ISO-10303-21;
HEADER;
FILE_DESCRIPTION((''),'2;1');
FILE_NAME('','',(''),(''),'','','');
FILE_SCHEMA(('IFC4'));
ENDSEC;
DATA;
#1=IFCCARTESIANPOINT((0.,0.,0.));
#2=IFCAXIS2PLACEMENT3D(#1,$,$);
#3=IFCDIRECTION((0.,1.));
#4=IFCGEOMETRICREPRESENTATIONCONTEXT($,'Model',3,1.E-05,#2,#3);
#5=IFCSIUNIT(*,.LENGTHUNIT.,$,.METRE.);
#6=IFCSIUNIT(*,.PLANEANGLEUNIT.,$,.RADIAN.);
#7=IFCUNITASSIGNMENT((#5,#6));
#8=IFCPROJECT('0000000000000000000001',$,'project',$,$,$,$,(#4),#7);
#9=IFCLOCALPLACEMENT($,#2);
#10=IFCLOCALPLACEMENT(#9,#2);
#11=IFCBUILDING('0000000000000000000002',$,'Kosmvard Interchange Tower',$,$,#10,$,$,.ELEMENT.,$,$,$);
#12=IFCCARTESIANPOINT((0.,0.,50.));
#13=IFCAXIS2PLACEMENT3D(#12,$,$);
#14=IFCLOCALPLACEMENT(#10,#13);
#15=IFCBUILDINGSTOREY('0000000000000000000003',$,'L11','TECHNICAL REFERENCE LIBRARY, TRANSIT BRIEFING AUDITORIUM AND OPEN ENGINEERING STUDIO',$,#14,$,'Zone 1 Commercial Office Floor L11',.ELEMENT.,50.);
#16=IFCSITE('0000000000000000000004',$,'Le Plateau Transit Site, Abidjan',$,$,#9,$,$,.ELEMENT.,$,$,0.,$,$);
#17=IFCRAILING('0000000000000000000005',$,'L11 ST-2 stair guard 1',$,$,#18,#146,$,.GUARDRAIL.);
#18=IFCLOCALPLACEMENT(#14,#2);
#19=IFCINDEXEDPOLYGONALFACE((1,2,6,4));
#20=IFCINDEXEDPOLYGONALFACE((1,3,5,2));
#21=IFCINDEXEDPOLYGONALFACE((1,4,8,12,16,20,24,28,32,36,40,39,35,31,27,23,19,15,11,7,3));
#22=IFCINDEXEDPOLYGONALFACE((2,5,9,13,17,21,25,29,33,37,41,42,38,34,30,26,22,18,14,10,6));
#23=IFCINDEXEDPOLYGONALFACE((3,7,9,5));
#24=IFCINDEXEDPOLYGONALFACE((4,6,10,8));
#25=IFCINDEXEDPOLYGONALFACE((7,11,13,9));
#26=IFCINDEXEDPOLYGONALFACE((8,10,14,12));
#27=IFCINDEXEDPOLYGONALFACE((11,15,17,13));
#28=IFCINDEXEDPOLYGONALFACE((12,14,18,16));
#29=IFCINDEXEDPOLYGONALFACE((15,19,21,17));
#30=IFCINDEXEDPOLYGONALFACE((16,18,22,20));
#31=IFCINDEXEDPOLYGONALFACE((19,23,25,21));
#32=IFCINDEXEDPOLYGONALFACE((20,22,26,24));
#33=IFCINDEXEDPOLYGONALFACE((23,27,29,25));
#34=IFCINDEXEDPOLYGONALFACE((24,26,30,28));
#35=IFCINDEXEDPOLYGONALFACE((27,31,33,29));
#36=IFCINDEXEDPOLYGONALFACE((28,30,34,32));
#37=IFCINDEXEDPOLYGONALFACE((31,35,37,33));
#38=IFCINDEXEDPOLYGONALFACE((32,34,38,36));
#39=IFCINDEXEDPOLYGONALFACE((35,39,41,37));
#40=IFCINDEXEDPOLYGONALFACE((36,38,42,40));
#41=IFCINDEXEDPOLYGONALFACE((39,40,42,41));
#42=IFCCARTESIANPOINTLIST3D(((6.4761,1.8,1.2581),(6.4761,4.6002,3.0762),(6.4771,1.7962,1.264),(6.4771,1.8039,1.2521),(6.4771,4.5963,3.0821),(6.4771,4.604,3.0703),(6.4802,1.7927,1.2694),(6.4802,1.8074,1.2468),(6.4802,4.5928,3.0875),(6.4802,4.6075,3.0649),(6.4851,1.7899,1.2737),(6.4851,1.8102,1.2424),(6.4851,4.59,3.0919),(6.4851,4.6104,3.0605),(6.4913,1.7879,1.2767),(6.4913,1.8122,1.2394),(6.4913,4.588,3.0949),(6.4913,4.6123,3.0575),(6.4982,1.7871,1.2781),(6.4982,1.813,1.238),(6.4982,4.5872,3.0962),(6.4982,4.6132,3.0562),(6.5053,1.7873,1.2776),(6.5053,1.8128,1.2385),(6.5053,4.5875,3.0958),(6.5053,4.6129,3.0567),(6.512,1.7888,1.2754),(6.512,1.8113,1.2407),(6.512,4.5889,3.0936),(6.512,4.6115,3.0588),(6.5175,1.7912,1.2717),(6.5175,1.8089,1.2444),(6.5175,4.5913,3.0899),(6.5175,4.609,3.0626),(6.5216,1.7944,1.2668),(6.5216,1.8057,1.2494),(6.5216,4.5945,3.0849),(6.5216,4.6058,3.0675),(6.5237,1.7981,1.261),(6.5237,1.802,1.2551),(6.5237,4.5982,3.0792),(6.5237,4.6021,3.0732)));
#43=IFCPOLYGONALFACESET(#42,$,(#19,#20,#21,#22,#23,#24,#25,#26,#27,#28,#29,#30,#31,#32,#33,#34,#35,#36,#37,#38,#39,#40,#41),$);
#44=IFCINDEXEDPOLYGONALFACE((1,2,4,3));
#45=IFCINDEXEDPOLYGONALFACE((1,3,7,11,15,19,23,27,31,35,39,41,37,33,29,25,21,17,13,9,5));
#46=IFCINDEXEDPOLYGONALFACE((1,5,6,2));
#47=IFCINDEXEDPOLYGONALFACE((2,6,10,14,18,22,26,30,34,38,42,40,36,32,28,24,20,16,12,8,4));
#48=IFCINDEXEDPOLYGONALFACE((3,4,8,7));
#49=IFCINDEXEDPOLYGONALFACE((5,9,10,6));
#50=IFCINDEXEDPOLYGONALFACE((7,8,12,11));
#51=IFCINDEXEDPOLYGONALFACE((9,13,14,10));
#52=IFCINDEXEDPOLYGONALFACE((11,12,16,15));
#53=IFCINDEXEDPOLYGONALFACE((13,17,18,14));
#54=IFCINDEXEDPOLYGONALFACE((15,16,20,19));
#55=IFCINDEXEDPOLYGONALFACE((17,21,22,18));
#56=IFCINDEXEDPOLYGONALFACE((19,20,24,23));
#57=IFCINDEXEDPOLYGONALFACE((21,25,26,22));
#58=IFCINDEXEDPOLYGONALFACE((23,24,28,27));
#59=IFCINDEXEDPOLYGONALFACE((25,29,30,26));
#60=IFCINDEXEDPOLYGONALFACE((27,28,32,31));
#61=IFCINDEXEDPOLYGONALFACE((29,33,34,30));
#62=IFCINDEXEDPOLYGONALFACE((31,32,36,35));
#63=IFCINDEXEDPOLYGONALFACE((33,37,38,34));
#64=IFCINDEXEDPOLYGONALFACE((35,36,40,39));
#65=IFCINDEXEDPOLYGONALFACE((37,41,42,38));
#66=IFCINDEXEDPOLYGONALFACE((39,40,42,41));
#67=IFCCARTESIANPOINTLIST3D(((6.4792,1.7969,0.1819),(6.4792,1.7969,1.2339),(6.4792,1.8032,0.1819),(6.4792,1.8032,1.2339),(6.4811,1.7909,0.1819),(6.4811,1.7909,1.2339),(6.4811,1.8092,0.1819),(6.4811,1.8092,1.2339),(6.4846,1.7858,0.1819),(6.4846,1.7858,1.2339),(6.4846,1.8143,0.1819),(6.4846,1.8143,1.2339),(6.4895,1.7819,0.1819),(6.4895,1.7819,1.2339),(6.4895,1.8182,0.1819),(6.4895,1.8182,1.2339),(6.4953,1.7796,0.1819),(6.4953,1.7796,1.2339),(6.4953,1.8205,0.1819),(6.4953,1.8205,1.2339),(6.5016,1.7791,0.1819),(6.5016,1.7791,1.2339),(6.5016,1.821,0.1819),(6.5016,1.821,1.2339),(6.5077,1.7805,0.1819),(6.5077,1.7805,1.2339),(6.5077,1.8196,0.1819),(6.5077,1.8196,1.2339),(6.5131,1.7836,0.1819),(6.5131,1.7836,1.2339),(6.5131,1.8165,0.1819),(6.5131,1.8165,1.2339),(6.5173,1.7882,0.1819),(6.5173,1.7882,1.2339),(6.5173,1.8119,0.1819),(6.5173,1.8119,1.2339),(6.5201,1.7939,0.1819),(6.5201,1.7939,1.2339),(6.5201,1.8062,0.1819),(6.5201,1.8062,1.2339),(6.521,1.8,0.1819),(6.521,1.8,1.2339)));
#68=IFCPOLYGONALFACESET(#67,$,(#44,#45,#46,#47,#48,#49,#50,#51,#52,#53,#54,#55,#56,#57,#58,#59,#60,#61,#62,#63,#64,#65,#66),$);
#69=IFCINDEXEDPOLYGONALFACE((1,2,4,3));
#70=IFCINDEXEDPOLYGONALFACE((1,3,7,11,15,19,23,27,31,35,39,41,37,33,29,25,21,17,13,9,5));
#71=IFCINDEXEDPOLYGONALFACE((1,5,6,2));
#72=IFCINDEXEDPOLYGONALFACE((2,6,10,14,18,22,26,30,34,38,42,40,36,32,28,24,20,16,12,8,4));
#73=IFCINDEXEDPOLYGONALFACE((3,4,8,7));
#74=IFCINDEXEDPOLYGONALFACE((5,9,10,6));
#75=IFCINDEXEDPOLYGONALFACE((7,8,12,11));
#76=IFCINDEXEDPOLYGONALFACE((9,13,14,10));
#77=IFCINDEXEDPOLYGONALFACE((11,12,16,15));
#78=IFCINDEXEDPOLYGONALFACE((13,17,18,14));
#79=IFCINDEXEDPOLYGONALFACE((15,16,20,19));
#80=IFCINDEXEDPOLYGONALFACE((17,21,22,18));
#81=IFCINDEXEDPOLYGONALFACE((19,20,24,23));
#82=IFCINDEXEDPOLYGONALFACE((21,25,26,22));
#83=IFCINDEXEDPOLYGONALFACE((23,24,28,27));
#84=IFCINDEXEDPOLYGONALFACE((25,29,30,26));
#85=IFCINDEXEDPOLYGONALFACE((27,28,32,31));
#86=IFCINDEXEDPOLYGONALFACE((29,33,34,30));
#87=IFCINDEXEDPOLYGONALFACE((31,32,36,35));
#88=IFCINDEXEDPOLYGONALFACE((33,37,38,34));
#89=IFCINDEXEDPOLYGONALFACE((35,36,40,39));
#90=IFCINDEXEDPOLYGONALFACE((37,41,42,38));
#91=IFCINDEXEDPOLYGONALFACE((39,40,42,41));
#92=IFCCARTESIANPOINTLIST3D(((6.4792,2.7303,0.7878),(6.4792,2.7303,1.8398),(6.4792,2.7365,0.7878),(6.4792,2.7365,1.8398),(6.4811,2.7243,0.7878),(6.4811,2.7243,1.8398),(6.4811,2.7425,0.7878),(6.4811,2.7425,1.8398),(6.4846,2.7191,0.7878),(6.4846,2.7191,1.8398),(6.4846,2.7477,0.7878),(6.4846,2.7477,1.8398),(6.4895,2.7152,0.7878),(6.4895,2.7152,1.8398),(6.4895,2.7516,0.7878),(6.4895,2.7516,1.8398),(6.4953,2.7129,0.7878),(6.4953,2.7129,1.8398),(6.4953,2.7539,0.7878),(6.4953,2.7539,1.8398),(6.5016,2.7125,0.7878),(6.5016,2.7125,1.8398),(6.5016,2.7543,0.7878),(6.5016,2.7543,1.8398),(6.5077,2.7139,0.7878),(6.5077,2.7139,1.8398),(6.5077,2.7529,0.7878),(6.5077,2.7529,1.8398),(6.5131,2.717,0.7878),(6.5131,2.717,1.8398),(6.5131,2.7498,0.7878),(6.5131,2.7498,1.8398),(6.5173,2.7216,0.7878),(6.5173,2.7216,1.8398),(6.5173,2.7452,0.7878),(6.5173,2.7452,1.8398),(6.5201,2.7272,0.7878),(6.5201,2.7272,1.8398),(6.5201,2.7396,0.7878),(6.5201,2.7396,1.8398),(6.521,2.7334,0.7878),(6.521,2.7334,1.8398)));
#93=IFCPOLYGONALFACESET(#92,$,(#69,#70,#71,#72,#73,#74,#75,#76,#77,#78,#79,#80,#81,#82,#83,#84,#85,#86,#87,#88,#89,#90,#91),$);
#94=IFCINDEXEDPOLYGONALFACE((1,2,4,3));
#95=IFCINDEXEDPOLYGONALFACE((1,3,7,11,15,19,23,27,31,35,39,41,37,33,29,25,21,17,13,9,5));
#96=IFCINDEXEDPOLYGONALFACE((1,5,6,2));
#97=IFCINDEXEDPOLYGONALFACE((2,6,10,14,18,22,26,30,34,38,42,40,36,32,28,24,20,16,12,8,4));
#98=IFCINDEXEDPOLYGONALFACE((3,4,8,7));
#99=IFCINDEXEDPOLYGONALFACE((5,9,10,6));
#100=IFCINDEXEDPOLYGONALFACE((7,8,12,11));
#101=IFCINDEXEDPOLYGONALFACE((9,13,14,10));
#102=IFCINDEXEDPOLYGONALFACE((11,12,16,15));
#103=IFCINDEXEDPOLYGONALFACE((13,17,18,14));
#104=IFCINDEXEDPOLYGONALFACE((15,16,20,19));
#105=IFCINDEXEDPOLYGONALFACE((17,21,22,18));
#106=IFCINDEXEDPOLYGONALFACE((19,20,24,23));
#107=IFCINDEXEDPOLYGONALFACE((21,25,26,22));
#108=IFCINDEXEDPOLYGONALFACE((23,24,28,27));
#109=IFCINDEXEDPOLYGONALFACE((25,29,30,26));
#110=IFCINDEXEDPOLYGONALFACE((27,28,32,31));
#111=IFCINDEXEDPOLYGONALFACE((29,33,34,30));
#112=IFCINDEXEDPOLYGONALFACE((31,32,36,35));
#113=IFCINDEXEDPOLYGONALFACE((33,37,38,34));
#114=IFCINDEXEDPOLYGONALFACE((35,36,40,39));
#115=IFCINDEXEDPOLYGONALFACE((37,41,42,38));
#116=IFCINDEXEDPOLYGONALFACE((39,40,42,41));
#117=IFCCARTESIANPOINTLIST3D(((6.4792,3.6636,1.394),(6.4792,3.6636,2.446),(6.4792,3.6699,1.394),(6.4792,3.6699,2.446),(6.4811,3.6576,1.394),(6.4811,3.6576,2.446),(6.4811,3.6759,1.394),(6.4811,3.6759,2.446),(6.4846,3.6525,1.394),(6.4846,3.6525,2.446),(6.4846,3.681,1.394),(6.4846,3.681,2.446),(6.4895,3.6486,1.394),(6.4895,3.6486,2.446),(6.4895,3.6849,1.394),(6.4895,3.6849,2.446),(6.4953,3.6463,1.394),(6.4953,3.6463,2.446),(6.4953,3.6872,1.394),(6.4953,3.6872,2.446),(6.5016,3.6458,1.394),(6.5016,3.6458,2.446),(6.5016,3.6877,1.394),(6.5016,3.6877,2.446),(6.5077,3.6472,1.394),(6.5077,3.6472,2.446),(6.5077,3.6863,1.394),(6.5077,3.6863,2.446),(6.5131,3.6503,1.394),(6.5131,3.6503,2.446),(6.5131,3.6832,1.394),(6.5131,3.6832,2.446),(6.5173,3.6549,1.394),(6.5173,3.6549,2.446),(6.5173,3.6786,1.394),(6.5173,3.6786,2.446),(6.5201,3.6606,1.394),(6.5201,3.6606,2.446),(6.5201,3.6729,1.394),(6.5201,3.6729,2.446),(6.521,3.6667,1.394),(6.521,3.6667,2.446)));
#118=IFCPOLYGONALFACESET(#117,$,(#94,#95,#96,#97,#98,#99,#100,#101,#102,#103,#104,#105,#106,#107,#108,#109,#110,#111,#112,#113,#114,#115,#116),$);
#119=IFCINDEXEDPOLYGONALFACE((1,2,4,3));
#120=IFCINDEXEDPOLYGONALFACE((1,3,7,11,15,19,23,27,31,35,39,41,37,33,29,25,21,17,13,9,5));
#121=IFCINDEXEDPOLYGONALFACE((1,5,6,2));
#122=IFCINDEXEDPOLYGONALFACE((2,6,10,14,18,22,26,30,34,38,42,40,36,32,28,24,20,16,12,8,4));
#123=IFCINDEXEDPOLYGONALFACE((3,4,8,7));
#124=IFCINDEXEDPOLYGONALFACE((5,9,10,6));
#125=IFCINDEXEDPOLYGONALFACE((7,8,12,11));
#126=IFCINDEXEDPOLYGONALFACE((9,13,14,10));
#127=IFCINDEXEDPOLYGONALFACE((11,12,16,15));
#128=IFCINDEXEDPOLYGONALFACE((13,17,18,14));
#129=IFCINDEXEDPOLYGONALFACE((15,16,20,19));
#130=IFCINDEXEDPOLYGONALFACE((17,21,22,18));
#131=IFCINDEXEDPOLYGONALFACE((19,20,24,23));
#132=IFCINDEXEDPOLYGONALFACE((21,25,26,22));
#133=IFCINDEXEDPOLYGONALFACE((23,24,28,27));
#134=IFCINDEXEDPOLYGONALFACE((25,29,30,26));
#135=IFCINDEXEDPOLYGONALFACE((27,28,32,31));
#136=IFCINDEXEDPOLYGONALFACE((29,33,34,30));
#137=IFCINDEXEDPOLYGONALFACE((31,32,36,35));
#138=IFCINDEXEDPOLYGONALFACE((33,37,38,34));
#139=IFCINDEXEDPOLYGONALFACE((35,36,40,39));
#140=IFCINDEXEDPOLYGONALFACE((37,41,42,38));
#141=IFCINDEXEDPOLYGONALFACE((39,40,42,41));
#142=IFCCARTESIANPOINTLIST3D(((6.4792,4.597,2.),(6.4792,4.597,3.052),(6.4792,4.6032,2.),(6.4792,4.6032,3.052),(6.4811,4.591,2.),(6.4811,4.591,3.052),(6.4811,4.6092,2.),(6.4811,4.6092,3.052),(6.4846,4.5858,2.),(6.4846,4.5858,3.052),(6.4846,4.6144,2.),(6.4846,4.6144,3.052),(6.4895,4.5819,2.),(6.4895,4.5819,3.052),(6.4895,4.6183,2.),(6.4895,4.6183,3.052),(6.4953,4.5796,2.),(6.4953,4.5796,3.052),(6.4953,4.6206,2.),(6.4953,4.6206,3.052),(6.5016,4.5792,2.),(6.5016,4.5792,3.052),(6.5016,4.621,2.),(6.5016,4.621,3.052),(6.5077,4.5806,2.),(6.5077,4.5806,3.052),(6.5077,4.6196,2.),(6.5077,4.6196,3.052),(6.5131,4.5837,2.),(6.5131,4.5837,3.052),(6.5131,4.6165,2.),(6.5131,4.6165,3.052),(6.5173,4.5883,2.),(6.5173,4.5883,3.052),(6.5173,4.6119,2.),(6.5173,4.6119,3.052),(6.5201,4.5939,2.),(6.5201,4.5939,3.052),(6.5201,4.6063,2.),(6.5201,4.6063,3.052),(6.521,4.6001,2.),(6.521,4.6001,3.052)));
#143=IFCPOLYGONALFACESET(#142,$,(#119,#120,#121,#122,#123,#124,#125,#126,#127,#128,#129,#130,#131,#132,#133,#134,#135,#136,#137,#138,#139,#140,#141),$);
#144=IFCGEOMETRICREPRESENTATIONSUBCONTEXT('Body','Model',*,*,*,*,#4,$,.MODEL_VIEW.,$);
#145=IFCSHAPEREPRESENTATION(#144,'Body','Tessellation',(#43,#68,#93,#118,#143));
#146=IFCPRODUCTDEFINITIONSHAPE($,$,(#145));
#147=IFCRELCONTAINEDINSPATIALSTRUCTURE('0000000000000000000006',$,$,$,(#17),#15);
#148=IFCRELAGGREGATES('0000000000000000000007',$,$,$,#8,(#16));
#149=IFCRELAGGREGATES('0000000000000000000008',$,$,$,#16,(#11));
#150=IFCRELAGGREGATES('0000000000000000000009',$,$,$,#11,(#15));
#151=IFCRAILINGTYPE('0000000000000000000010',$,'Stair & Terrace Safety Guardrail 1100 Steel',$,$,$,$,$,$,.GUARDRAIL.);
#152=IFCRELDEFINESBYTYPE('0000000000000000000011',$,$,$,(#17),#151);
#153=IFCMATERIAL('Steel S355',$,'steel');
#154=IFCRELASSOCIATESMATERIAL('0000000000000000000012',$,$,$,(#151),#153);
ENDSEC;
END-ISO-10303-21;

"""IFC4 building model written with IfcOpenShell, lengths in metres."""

from ifc_helpers import new_model, si_unit, direction, frame, origin, origin_2d, place, context, subcontext, project, spatial, circle, extrude, source, transform, mapped, material, type_object, element, save


model = new_model("IFC4")

# Units and contexts
model_context = context("Model", 3, precision=1e-05, world=origin(), true_north=direction((0.0, 1.0)))
body_context = subcontext(model_context, "Body", "Model", "MODEL_VIEW")
ifc_project = project(units=[si_unit("LENGTHUNIT", "METRE"), si_unit("PLANEANGLEUNIT", "RADIAN")], contexts=[model_context])

# Site, building, storey
site_placement = place(None, origin())
site = spatial("IfcSite", under=ifc_project, at=site_placement, Name="Le Plateau Transit Site, Abidjan", CompositionType="ELEMENT", RefElevation=0.0)
building_placement = place(site_placement, origin())
building = spatial("IfcBuilding", under=site, at=building_placement, Name="Kosmvard Interchange Tower", CompositionType="ELEMENT")
storey_placement = place(building_placement, frame((0.0, 0.0, 50.0)))
storey = spatial("IfcBuildingStorey", under=building, at=storey_placement, Name="L11", Description="TECHNICAL REFERENCE LIBRARY, TRANSIT BRIEFING AUDITORIUM AND OPEN ENGINEERING STUDIO", LongName="Zone 1 Commercial Office Floor L11", CompositionType="ELEMENT", Elevation=50.0)

# Shared definitions
ifc_material_1 = material(Name="Steel S355", Category="steel")

# Railing
railing_type_1 = type_object("IfcRailingType", Name="Stair & Terrace Safety Guardrail 1100 Steel", PredefinedType="GUARDRAIL", material=ifc_material_1)
shared_shape_1 = source(origin(), body_context, "Body", "SweptSolid", [
    extrude(circle(Radius=0.0239, at=origin_2d()), frame((0.0, 0.0, 1.0762), z_axis=(0.0, 0.838706, 0.544585), x_axis=(-1.0, 0.0, 0.0)), (0.0, 0.0, 1.0), 3.3386),
    extrude(circle(Radius=0.021, at=origin_2d()), origin(), (0.0, 0.0, 1.0), 1.052),
    extrude(circle(Radius=0.021, at=origin_2d()), frame((0.0, 0.9333, 0.606)), (0.0, 0.0, 1.0), 1.052),
    extrude(circle(Radius=0.021, at=origin_2d()), frame((0.0, 1.8667, 1.2122)), (0.0, 0.0, 1.0), 1.052),
    extrude(circle(Radius=0.021, at=origin_2d()), frame((0.0, 2.8, 1.8181)), (0.0, 0.0, 1.0), 1.052),
])
railing_1_placement = place(storey_placement, frame((6.5, 1.8, 0.1819)))
element("IfcRailing", 1, at=railing_1_placement, inside=storey, type_object=railing_type_1, Name="L11 ST-2 stair guard 1", PredefinedType="GUARDRAIL", context=body_context, shape_type="MappedRepresentation", body=[
    mapped(shared_shape_1, transform((0.0, 0.0, 0.0), scale=1.0)),
])

save(model, "model.ifc")
